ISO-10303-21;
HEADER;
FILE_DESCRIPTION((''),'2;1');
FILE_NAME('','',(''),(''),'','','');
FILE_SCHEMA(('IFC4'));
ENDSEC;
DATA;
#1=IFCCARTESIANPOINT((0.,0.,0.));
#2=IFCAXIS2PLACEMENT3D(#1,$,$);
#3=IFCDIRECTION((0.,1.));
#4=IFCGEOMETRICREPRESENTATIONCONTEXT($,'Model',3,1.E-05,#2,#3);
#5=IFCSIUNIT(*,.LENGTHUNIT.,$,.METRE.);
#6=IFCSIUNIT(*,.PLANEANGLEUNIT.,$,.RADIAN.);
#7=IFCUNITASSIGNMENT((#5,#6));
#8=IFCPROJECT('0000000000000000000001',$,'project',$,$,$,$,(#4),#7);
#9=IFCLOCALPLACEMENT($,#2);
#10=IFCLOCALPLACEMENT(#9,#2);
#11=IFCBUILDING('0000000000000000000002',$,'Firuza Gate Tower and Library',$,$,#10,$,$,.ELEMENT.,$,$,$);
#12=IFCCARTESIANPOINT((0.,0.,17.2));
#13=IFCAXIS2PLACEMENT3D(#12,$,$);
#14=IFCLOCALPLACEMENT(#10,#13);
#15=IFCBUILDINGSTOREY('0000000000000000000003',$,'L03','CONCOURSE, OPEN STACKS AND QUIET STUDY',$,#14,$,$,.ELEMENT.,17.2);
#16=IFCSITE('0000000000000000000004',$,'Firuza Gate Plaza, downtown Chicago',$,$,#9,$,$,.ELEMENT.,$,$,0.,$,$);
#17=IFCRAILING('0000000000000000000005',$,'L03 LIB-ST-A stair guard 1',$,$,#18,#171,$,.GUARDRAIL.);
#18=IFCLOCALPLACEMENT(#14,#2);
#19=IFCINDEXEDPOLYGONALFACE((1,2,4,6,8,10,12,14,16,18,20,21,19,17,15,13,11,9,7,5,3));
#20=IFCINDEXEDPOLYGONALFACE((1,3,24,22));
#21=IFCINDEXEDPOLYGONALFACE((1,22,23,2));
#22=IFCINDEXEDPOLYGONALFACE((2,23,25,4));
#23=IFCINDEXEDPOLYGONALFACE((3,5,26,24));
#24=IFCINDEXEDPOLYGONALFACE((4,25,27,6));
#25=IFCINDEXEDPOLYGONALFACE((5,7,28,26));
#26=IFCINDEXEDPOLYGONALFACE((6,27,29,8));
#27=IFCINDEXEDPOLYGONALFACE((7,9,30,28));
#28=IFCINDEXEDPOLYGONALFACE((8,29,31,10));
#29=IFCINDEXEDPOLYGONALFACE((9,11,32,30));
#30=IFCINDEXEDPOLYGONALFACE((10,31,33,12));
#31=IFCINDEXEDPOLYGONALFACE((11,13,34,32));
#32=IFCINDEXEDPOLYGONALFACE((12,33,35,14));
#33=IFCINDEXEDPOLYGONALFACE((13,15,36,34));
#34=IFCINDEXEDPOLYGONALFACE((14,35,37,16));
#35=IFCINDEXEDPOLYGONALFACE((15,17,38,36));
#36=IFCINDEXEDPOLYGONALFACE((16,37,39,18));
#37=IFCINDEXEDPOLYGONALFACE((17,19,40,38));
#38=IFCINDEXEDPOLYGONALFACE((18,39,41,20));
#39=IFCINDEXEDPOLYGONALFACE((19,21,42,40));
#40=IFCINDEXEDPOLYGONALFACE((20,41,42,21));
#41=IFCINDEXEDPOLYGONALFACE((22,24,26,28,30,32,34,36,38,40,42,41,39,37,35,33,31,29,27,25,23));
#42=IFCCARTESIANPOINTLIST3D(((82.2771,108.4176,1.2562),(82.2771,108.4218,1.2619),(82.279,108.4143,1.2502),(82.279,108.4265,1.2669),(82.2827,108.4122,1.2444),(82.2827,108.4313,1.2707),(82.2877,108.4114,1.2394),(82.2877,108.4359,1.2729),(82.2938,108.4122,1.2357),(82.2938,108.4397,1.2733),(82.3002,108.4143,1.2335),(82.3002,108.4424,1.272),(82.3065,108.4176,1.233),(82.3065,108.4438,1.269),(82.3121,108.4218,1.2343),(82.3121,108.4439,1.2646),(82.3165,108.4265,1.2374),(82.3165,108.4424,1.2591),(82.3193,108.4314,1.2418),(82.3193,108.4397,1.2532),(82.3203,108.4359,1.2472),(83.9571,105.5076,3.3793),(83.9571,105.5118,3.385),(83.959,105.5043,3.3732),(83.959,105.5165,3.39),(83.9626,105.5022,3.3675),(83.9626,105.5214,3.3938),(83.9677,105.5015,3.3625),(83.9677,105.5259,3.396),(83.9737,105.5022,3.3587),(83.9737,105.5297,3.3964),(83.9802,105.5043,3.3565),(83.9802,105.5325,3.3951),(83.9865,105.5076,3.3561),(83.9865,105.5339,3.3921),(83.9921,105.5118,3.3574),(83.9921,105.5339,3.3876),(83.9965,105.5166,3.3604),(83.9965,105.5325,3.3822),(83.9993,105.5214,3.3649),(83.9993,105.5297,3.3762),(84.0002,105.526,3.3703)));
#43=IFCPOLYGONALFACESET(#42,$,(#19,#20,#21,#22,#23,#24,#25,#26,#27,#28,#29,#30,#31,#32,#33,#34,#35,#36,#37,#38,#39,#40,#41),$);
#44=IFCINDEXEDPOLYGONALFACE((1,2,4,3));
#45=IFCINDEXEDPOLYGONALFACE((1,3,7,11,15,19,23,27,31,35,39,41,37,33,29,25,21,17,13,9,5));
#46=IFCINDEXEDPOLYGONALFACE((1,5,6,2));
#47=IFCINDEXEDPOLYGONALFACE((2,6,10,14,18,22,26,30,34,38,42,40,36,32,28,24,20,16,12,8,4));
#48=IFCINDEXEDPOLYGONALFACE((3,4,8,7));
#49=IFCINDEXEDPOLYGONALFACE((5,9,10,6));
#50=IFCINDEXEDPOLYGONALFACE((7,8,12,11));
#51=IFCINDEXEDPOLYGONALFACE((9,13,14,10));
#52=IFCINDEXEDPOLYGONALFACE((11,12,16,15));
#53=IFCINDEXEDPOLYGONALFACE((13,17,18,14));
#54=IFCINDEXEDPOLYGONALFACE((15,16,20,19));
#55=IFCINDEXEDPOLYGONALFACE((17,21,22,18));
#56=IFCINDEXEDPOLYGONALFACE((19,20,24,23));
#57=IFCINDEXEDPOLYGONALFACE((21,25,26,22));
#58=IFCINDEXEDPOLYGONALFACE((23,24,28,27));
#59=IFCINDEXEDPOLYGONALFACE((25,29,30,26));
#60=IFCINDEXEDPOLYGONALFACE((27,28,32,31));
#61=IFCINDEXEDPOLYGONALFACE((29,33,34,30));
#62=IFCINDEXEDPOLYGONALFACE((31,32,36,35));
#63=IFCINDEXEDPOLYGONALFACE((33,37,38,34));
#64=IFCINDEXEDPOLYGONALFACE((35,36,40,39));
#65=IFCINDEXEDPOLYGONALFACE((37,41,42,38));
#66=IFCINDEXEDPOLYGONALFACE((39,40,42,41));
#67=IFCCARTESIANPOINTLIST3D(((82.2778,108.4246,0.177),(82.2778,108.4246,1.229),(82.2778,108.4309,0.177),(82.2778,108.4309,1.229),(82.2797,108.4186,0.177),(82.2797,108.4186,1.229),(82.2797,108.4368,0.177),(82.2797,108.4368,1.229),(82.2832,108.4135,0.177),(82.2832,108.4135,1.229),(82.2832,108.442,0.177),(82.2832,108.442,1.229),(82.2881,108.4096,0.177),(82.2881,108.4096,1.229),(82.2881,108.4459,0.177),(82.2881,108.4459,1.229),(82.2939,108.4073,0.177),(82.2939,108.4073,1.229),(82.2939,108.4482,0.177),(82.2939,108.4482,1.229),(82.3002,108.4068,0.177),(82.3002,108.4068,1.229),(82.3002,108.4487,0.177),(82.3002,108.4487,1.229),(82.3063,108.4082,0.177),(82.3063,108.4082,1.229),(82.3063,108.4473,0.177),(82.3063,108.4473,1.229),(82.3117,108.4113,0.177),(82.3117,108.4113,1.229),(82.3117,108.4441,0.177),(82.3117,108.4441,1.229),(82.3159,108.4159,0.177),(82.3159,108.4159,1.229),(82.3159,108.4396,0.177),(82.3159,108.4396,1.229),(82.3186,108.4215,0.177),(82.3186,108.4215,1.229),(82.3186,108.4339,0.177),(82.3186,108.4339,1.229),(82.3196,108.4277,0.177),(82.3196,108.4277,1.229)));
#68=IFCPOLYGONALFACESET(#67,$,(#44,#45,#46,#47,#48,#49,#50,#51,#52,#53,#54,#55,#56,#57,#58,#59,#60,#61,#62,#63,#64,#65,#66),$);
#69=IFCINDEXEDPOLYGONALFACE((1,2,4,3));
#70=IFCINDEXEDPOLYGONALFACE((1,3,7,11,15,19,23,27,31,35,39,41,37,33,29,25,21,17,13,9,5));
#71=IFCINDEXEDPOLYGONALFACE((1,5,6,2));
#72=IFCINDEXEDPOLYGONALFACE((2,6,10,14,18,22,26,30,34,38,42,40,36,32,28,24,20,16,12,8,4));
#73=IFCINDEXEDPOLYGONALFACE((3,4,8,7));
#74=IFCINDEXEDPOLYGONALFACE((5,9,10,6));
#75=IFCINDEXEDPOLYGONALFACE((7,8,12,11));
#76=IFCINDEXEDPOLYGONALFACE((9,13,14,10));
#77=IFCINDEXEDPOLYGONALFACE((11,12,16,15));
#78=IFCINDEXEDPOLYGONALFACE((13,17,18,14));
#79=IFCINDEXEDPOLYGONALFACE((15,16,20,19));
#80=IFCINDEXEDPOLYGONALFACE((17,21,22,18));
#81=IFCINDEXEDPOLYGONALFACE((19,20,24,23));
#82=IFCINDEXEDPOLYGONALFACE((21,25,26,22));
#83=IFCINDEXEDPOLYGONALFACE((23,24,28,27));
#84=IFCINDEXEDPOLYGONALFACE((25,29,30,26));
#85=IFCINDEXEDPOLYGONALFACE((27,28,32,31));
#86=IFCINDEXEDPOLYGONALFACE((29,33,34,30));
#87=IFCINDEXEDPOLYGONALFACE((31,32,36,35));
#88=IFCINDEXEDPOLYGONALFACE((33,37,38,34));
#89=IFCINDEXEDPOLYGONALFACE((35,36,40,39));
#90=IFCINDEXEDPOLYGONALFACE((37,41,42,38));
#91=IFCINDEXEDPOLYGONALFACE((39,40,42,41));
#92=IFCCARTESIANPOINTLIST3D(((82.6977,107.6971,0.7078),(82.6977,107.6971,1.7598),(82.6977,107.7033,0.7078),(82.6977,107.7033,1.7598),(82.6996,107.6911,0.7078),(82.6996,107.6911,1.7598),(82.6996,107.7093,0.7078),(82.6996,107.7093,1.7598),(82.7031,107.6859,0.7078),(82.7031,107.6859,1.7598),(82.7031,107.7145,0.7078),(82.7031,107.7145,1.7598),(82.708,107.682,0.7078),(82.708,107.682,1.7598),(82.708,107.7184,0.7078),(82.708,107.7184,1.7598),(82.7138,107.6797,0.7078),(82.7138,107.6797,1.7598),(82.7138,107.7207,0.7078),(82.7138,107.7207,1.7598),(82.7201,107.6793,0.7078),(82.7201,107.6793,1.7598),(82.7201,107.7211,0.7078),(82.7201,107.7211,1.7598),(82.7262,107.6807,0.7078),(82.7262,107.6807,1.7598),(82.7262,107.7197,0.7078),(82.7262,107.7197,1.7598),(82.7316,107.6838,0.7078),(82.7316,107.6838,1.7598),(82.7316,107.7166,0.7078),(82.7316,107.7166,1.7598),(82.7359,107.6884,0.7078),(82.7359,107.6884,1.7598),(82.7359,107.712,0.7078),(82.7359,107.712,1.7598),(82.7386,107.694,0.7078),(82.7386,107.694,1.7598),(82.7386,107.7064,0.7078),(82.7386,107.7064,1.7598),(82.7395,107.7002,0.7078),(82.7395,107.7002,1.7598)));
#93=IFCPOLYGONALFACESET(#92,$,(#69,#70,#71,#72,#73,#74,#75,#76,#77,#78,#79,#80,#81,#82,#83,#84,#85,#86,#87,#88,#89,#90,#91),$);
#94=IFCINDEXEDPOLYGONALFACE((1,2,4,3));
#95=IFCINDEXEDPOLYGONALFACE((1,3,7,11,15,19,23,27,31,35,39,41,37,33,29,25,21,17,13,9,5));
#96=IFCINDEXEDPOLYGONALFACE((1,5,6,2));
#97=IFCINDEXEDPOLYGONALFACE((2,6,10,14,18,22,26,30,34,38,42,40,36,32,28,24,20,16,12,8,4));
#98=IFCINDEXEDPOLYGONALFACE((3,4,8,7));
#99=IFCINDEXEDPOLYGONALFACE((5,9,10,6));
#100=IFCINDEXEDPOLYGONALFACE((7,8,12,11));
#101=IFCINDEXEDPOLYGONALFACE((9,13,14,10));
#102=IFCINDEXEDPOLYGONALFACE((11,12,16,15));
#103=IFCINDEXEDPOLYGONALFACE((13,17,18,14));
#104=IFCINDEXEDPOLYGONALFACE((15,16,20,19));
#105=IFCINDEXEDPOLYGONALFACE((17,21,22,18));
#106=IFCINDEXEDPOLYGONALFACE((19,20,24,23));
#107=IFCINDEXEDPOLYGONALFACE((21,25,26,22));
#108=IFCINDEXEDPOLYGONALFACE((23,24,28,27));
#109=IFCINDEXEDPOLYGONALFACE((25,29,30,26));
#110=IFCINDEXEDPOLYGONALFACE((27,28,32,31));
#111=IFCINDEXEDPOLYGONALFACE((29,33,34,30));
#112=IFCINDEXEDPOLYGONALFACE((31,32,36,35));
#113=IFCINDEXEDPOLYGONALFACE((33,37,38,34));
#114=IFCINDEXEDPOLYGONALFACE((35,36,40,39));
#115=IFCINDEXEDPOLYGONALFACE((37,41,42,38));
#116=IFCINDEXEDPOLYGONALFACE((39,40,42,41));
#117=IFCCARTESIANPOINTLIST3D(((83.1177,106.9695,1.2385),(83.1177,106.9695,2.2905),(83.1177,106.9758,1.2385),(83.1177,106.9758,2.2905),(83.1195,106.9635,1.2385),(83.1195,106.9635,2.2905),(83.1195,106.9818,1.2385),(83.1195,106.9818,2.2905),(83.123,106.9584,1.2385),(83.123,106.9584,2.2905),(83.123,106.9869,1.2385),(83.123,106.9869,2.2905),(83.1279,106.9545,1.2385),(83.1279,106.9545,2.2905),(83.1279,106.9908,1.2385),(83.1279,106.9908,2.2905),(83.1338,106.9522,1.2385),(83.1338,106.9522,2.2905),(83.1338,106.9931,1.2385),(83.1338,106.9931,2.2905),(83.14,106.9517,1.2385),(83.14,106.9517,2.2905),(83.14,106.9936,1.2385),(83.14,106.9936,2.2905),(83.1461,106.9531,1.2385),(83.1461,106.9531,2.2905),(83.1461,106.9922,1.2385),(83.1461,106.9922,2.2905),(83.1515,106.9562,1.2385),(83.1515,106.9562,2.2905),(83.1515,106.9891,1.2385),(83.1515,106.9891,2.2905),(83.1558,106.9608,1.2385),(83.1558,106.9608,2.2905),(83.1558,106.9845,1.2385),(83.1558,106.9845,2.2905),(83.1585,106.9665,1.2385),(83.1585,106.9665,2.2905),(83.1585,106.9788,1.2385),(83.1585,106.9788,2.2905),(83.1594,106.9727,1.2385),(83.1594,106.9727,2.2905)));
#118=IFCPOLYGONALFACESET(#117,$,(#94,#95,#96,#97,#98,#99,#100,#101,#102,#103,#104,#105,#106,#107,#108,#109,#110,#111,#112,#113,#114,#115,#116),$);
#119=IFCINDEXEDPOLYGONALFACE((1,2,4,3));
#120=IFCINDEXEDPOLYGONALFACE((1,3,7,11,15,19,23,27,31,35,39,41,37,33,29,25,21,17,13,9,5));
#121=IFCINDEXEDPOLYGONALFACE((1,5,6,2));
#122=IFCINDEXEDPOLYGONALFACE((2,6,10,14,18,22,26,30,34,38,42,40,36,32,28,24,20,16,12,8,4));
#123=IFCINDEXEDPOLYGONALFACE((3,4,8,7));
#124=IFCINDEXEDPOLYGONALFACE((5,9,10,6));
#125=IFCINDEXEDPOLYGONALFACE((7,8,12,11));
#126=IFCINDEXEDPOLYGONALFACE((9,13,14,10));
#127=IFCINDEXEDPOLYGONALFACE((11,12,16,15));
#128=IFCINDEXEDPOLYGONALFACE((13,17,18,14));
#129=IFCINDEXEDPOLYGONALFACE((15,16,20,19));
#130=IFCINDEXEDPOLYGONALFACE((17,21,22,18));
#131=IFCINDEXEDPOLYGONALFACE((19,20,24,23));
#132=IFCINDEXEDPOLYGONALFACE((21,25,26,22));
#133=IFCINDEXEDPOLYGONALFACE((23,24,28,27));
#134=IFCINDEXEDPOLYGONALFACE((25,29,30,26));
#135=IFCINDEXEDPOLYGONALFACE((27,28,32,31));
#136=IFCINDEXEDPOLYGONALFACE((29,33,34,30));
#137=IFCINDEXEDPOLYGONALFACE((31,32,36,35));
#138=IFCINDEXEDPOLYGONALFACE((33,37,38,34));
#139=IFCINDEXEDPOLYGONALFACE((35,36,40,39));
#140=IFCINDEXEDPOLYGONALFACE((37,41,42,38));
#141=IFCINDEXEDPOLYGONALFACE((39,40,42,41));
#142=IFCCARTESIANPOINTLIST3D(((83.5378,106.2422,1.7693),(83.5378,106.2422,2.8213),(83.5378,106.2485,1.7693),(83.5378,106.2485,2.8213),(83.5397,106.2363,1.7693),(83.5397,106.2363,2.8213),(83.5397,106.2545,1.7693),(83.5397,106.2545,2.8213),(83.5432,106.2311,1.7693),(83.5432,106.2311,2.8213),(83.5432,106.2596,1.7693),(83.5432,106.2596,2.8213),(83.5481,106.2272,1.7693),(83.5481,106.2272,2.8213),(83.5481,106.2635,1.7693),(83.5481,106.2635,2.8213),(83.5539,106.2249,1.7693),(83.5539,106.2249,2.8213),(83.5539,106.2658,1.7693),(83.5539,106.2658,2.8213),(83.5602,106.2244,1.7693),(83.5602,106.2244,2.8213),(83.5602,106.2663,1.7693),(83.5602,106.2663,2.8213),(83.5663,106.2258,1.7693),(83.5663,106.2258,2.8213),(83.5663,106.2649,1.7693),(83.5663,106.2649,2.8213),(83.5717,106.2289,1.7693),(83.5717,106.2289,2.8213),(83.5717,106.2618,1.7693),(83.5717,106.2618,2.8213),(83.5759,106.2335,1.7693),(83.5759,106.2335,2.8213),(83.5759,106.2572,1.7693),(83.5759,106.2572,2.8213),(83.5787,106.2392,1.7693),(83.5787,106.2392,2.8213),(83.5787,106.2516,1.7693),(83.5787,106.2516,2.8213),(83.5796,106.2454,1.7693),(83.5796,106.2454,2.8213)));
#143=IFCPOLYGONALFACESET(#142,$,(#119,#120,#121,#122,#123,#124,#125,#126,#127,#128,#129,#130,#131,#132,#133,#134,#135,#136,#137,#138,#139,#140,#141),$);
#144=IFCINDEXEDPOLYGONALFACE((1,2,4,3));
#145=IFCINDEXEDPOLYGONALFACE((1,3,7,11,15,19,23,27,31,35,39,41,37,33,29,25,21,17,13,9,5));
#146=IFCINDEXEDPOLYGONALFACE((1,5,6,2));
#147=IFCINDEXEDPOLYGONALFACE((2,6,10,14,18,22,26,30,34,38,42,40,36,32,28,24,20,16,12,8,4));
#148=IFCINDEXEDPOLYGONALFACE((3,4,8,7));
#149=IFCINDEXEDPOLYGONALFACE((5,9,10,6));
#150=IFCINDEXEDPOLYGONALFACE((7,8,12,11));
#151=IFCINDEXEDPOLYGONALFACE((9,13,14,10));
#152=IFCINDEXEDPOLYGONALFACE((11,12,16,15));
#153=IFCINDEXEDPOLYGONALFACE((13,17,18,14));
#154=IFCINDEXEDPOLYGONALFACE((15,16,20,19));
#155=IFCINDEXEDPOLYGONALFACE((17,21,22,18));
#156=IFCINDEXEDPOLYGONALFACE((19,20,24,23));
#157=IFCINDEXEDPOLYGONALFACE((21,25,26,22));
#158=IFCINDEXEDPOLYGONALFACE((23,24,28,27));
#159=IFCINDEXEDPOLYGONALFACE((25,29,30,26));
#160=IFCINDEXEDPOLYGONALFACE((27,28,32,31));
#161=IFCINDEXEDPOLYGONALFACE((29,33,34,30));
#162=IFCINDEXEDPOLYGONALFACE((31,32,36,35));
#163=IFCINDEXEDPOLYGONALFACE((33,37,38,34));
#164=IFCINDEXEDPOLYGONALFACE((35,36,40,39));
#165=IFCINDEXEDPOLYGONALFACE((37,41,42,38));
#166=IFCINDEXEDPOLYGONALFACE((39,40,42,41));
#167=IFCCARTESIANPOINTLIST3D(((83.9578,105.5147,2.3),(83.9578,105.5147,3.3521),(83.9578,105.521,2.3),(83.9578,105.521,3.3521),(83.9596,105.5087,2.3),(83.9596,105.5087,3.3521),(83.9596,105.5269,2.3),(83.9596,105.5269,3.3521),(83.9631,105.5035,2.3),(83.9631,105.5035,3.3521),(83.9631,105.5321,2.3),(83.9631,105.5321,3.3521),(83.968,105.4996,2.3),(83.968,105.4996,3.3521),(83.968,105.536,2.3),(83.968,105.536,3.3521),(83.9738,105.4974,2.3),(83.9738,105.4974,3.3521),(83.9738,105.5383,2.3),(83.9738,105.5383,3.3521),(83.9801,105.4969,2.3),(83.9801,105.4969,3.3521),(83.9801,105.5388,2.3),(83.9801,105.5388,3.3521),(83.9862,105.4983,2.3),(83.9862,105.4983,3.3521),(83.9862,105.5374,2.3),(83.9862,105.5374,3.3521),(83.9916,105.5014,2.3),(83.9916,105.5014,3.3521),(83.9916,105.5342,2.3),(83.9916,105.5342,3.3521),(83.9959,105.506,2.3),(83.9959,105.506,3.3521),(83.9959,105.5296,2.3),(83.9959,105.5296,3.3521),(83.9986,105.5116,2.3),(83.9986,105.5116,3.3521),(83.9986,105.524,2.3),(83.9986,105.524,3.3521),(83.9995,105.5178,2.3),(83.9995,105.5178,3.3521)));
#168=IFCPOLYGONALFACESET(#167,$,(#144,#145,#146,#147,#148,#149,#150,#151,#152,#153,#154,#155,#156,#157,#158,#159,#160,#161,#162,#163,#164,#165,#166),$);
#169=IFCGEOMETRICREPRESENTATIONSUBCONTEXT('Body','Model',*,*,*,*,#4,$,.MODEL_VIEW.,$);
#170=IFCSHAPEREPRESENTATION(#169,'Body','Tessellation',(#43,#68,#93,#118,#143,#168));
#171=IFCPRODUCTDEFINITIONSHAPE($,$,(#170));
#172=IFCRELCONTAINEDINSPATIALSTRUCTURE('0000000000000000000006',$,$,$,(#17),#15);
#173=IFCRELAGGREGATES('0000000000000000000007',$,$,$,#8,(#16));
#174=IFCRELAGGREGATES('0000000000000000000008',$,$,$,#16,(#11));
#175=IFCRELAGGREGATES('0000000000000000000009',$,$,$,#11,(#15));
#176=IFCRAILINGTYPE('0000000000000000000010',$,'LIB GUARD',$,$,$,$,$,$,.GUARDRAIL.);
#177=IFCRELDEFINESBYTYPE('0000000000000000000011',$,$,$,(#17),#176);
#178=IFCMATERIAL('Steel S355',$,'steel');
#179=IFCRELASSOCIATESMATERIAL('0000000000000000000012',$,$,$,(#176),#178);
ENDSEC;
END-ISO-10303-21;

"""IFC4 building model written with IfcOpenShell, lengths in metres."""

from ifc_helpers import new_model, si_unit, direction, frame, origin, origin_2d, place, context, subcontext, project, spatial, circle, extrude, material, type_object, element, save


model = new_model("IFC4")

# Units and contexts
model_context = context("Model", 3, precision=1e-05, world=origin(), true_north=direction((0.0, 1.0)))
body_context = subcontext(model_context, "Body", "Model", "MODEL_VIEW")
ifc_project = project(units=[si_unit("LENGTHUNIT", "METRE"), si_unit("PLANEANGLEUNIT", "RADIAN")], contexts=[model_context])

# Site, building, storey
site_placement = place(None, origin())
site = spatial("IfcSite", under=ifc_project, at=site_placement, Name="Firuza Gate Plaza, downtown Chicago", CompositionType="ELEMENT", RefElevation=0.0)
building_placement = place(site_placement, origin())
building = spatial("IfcBuilding", under=site, at=building_placement, Name="Firuza Gate Tower and Library", CompositionType="ELEMENT")
storey_placement = place(building_placement, frame((0.0, 0.0, 17.2)))
storey = spatial("IfcBuildingStorey", under=building, at=storey_placement, Name="L03", Description="CONCOURSE, OPEN STACKS AND QUIET STUDY", CompositionType="ELEMENT", Elevation=17.2)

# Railing
ifc_material_1 = material(Name="Steel S355", Category="steel")
railing_type_1 = type_object("IfcRailingType", Name="LIB GUARD", PredefinedType="GUARDRAIL", material=ifc_material_1)
railing_1_placement = place(storey_placement, frame((82.2986, 108.4277, 0.177)))
element("IfcRailing", 1, at=railing_1_placement, inside=storey, type_object=railing_type_1, Name="L03 LIB-ST-A stair guard 1", PredefinedType="GUARDRAIL", context=body_context, shape_type="SweptSolid", body=[
    extrude(circle(Radius=0.0239, at=origin_2d()), frame((0.0, 0.0, 1.0762), z_axis=(0.422672, -0.732135, 0.53416), x_axis=(0.866039, 0.499976, 0.0)), (0.0, 0.0, 1.0), 3.9746),
    extrude(circle(Radius=0.021, at=origin_2d()), origin(), (0.0, 0.0, 1.0), 1.052),
    extrude(circle(Radius=0.021, at=origin_2d()), frame((0.4199, -0.7275, 0.5308)), (0.0, 0.0, 1.0), 1.052),
    extrude(circle(Radius=0.021, at=origin_2d()), frame((0.8398, -1.4551, 1.0615)), (0.0, 0.0, 1.0), 1.052),
    extrude(circle(Radius=0.021, at=origin_2d()), frame((1.26, -2.1824, 1.5923)), (0.0, 0.0, 1.0), 1.052),
    extrude(circle(Radius=0.021, at=origin_2d()), frame((1.6799, -2.9099, 2.123)), (0.0, 0.0, 1.0), 1.052),
])

save(model, "model.ifc")
